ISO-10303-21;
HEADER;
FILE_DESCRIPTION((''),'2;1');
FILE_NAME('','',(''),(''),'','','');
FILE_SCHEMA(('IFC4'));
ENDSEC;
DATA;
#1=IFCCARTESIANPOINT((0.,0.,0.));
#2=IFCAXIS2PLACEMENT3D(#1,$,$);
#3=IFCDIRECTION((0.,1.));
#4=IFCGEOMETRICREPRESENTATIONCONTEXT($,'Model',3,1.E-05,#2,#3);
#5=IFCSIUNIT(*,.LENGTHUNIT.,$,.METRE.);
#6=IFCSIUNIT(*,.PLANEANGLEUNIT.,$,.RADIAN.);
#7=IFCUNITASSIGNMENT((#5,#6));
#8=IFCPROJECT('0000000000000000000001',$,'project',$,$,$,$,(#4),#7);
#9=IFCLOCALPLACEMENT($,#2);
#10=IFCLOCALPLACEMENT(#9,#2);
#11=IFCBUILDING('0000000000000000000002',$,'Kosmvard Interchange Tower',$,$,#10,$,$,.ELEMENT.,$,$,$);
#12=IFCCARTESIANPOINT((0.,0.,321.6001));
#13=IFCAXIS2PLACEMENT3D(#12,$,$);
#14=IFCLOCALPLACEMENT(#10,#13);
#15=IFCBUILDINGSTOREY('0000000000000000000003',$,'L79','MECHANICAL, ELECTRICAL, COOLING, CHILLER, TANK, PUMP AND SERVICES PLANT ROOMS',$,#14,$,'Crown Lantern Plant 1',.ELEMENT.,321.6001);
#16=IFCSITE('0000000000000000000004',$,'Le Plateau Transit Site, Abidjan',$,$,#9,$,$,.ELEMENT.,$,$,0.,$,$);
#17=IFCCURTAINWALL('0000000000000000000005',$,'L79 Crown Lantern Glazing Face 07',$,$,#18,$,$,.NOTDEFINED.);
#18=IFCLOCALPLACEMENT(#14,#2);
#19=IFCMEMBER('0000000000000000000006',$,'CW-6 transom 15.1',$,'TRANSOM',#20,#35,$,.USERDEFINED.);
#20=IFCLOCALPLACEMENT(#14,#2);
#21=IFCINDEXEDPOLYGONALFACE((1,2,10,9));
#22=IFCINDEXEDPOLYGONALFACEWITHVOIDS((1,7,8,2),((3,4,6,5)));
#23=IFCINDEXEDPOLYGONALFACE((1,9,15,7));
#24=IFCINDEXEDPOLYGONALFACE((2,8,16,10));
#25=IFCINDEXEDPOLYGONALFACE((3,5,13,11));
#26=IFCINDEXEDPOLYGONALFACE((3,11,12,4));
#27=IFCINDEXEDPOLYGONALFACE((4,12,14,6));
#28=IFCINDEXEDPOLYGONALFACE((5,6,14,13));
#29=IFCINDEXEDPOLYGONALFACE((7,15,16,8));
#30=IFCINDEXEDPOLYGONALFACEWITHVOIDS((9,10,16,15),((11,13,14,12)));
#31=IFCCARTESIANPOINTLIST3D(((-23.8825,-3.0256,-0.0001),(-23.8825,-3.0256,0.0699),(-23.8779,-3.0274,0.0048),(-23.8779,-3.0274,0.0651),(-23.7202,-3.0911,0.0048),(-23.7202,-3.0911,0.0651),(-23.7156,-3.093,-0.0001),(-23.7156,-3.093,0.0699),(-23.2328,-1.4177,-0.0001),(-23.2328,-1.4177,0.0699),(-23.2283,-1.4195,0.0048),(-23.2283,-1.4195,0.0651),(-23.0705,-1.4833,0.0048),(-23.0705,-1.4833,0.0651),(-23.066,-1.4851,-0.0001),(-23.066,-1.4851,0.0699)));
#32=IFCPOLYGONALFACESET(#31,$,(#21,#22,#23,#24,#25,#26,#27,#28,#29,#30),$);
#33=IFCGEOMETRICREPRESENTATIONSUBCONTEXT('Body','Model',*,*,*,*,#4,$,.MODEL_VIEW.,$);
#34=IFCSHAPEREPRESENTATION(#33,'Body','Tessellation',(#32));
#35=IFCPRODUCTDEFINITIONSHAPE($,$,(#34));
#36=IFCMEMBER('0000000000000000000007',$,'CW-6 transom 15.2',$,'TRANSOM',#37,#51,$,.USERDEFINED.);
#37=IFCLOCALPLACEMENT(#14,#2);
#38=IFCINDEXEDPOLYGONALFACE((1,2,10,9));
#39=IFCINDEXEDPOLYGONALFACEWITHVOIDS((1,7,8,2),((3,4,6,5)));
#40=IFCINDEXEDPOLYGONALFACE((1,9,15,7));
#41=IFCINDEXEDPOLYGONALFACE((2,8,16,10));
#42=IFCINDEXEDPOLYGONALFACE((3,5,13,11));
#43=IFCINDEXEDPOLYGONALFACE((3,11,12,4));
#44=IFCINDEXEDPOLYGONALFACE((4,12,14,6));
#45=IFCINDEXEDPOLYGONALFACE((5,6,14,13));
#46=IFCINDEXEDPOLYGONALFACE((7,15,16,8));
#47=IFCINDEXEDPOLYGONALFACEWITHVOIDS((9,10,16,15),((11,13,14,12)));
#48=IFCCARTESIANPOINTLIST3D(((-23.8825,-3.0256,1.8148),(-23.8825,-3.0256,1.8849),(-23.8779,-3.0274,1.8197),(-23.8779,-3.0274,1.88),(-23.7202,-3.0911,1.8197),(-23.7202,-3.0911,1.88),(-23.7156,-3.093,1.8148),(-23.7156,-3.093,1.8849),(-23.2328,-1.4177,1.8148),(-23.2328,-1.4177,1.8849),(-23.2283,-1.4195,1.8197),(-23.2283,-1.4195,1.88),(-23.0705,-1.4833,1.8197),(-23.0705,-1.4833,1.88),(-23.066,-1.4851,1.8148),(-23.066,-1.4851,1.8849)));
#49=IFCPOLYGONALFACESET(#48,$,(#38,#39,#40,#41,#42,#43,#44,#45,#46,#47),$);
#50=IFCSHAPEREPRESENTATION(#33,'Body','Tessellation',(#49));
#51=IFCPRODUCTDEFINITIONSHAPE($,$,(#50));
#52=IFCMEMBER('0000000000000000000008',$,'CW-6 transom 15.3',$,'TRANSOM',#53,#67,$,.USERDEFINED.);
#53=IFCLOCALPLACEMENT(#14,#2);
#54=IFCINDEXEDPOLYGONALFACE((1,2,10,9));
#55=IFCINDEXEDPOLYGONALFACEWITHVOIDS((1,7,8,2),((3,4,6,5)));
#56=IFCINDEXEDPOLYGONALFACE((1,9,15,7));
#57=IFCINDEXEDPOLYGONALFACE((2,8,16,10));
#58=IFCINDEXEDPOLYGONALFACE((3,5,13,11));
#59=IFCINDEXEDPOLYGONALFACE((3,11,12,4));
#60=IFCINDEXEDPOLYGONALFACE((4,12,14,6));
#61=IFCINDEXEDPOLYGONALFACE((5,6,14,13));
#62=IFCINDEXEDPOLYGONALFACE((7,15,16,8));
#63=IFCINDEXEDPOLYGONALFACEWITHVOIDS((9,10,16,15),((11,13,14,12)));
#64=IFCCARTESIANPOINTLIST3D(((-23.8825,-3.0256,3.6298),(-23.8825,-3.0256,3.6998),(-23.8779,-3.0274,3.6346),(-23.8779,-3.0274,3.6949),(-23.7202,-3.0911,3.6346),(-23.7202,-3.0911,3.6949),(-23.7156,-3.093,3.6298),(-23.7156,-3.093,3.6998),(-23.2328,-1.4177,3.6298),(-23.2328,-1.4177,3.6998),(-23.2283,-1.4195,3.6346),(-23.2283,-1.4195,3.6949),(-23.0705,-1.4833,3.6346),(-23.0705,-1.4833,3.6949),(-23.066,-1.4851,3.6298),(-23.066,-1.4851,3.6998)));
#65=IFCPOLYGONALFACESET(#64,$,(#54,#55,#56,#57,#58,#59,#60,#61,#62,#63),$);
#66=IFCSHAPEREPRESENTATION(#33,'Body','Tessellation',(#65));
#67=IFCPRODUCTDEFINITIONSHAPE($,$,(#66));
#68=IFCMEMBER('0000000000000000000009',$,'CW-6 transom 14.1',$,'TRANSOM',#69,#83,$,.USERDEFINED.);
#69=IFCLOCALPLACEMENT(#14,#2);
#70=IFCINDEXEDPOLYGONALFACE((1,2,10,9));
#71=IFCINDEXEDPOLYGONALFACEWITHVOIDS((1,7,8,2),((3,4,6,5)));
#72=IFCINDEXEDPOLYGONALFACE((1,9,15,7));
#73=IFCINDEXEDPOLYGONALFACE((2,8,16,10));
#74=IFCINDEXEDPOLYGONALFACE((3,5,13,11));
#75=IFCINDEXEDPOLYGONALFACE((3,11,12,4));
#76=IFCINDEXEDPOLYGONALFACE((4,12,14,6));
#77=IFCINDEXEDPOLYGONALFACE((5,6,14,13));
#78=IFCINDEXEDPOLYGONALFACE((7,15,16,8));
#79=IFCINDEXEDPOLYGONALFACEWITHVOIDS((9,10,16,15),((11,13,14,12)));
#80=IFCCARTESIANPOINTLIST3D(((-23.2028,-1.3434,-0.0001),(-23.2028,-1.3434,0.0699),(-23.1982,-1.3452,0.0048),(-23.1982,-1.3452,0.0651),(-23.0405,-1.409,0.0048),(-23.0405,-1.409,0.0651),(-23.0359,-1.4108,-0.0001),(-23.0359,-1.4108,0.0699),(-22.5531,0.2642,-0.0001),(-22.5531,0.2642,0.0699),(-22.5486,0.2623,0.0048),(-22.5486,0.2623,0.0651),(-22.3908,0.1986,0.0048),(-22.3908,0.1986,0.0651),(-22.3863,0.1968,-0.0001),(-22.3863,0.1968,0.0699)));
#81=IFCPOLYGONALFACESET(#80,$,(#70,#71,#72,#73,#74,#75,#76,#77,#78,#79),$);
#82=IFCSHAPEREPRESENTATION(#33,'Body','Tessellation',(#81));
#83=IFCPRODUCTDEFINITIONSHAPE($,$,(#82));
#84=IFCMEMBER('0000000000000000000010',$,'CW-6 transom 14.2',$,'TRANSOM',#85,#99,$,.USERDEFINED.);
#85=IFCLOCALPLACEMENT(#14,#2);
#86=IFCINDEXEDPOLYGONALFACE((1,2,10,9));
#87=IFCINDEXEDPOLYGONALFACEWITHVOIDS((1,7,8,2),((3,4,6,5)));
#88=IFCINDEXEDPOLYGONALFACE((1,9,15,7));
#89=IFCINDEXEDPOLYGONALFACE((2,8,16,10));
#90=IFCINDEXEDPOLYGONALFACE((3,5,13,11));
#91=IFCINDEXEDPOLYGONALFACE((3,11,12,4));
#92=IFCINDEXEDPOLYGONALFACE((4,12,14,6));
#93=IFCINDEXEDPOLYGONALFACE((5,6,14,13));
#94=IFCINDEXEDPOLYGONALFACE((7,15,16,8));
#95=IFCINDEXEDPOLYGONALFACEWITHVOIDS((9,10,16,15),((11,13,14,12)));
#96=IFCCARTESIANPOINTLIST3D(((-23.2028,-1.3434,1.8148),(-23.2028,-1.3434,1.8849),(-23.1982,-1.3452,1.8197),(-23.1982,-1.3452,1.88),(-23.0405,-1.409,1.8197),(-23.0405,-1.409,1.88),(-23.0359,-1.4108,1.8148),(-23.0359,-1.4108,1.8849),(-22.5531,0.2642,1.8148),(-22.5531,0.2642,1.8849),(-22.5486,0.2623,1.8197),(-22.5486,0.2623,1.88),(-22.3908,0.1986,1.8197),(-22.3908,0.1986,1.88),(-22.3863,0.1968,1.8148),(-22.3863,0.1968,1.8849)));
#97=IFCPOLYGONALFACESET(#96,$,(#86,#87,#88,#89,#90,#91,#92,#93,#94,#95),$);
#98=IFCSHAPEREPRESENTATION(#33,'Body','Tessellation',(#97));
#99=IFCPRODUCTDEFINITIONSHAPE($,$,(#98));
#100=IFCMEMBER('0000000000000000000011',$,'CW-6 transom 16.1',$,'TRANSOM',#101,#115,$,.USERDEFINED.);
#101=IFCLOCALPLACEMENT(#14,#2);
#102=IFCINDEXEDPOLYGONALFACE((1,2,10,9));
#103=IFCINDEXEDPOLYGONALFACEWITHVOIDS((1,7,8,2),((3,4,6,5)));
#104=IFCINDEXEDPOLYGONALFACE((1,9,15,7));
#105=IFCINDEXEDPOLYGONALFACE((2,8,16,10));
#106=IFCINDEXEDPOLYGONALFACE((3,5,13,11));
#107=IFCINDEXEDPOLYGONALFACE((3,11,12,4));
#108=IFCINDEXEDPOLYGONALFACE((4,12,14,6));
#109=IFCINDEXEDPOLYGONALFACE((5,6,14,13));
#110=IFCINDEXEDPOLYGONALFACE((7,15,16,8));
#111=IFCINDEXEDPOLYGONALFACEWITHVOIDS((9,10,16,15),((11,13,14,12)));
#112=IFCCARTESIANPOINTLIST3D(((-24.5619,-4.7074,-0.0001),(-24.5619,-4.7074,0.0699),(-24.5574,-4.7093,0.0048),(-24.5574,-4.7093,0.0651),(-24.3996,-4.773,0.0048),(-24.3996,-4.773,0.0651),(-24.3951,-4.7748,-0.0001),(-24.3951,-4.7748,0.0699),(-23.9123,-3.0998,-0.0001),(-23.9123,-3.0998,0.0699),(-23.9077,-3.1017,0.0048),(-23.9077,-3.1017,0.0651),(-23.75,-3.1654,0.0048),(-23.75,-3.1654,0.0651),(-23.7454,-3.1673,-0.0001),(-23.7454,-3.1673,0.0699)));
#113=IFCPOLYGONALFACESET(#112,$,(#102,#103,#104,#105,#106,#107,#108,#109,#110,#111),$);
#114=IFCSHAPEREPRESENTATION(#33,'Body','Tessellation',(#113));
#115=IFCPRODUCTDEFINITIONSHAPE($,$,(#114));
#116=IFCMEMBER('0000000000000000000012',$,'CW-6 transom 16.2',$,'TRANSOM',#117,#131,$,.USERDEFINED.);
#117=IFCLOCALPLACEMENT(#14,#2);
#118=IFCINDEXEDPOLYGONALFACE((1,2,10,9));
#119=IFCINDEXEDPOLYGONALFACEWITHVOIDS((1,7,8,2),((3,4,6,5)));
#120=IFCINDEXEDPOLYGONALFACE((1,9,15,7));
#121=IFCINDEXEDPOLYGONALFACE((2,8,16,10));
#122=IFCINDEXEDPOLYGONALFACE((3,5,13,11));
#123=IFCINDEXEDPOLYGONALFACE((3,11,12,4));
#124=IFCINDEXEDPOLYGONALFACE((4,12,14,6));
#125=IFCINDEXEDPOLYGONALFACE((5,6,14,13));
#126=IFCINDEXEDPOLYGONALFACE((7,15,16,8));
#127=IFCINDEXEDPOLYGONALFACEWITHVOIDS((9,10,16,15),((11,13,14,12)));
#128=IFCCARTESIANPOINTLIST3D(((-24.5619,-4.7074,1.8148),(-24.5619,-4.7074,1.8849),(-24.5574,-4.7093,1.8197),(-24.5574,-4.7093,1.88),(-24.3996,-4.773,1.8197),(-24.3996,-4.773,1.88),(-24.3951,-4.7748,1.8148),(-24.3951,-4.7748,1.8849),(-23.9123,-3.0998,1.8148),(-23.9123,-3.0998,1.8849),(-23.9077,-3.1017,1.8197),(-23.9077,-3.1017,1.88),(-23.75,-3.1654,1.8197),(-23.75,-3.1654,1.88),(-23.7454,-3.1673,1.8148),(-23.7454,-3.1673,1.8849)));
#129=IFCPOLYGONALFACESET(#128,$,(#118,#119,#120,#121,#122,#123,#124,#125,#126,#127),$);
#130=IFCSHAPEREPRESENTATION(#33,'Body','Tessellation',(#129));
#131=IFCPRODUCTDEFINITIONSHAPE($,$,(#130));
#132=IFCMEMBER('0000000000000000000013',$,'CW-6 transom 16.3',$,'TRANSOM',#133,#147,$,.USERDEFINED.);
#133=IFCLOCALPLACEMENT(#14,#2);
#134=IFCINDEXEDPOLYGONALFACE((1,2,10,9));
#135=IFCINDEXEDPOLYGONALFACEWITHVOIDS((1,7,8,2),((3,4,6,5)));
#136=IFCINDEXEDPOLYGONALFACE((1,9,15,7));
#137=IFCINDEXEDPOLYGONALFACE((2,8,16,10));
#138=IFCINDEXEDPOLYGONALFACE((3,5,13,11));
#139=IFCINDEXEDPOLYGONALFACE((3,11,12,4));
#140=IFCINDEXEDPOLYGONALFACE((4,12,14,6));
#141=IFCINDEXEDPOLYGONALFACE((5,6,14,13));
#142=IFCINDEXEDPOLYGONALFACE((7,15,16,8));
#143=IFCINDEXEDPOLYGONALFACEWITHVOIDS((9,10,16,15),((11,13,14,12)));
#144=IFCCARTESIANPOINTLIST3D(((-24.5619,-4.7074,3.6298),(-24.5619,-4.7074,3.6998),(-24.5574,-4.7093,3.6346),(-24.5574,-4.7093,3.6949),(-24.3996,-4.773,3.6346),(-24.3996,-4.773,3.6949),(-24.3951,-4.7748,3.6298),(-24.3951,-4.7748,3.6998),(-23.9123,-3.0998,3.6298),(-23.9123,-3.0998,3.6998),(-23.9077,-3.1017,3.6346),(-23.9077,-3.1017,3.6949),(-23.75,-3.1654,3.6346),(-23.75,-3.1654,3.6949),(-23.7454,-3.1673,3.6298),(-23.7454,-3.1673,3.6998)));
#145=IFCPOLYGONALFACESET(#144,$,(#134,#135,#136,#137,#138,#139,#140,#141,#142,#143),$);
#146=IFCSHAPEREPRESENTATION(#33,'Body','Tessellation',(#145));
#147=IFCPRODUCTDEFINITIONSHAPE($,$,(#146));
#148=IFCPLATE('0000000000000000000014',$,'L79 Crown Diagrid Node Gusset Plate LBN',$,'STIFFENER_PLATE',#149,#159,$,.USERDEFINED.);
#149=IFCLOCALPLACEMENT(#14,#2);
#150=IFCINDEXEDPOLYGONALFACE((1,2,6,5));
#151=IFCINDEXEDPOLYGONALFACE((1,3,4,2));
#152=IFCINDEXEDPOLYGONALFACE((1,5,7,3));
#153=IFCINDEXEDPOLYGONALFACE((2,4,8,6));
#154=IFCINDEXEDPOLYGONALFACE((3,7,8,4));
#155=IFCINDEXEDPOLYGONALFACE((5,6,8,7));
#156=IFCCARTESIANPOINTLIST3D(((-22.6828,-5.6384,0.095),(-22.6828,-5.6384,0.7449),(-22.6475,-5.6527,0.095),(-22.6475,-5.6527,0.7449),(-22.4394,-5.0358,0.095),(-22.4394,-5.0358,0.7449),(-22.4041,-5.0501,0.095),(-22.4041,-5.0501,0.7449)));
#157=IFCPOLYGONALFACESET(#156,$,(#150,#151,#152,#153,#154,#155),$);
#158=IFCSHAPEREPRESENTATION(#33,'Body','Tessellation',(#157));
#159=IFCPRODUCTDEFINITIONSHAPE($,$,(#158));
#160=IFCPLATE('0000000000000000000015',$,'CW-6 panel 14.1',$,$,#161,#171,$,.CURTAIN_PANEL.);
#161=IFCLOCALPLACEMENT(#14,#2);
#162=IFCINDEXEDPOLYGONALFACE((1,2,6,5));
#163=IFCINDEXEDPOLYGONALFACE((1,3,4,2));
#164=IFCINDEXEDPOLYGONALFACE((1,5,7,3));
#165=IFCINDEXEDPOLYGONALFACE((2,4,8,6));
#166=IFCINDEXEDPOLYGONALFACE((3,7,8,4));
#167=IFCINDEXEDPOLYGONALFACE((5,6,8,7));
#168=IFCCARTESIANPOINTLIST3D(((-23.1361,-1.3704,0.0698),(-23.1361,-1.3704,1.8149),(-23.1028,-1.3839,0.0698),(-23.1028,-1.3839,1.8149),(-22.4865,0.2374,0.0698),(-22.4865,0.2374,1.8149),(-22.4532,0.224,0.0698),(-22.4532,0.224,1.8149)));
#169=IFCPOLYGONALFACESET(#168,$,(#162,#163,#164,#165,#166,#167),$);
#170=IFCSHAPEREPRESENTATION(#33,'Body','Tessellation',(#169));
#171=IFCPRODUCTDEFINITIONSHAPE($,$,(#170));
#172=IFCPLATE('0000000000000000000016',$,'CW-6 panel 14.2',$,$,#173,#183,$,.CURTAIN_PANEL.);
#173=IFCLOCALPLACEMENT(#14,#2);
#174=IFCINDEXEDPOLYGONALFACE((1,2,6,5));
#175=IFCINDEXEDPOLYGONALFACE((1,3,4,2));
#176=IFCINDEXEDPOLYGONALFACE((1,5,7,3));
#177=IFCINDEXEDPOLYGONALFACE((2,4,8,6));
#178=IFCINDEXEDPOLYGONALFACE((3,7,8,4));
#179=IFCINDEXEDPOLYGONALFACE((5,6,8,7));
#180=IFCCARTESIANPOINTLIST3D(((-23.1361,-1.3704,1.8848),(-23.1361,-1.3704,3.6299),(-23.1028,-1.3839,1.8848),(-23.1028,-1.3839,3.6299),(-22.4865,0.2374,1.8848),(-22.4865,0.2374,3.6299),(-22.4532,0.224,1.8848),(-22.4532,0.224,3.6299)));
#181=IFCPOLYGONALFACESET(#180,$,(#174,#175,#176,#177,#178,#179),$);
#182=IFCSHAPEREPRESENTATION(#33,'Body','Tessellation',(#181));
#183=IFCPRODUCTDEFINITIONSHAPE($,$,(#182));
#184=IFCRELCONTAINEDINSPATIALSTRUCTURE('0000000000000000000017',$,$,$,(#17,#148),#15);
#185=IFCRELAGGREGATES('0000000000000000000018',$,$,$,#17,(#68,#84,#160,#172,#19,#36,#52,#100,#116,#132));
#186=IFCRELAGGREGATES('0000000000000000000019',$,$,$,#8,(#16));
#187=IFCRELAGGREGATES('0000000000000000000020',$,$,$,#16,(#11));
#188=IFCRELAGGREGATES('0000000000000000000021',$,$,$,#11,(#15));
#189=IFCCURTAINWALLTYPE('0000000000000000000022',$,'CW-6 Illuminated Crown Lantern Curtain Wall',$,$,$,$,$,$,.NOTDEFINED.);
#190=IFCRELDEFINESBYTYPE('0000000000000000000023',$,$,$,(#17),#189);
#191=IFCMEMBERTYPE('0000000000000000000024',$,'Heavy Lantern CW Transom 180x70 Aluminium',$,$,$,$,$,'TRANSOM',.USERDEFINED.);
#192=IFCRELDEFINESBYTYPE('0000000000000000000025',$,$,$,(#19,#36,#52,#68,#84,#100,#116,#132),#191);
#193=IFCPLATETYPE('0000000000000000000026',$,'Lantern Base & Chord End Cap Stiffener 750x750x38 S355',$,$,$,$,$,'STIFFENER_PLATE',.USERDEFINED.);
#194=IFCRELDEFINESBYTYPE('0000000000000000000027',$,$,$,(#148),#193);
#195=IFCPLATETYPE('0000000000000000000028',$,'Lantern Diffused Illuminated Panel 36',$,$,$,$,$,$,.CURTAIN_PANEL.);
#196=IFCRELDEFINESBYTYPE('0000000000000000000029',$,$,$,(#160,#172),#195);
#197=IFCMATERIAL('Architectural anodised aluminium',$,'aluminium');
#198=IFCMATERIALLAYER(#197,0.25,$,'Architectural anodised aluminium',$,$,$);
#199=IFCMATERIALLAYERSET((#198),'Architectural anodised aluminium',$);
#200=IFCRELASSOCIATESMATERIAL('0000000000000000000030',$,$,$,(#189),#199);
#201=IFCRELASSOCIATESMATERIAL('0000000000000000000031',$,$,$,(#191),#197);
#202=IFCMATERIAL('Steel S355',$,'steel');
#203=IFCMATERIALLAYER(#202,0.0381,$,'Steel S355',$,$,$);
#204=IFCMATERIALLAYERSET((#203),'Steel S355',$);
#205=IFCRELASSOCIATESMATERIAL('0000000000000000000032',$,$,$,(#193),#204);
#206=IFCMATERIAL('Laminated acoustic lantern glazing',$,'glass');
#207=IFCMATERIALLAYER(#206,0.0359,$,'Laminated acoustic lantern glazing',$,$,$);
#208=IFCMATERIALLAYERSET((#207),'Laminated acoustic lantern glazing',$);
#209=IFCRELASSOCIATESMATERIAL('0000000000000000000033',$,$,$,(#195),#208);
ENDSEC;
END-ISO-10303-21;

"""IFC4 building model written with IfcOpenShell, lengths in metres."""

from ifc_helpers import new_model, si_unit, direction, frame, origin, origin_2d, place, context, subcontext, project, spatial, rectangle, hollow_rectangle, extrude, source, transform, mapped, material, layer, layer_set, material_profile, profile_set, type_object, element, aggregate, save


model = new_model("IFC4")

# Units and contexts
model_context = context("Model", 3, precision=1e-05, world=origin(), true_north=direction((0.0, 1.0)))
body_context = subcontext(model_context, "Body", "Model", "MODEL_VIEW")
ifc_project = project(units=[si_unit("LENGTHUNIT", "METRE"), si_unit("PLANEANGLEUNIT", "RADIAN")], contexts=[model_context])

# Site, building, storey
site_placement = place(None, origin())
site = spatial("IfcSite", under=ifc_project, at=site_placement, Name="Le Plateau Transit Site, Abidjan", CompositionType="ELEMENT", RefElevation=0.0)
building_placement = place(site_placement, origin())
building = spatial("IfcBuilding", under=site, at=building_placement, Name="Kosmvard Interchange Tower", CompositionType="ELEMENT")
storey_placement = place(building_placement, frame((0.0, 0.0, 321.6001)))
storey = spatial("IfcBuildingStorey", under=building, at=storey_placement, Name="L79", Description="MECHANICAL, ELECTRICAL, COOLING, CHILLER, TANK, PUMP AND SERVICES PLANT ROOMS", LongName="Crown Lantern Plant 1", CompositionType="ELEMENT", Elevation=321.6001)

# Shared definitions
ifc_material_1 = material(Name="Steel S355", Category="steel")

# Curtain wall, members
ifc_material_2 = material(Name="Architectural anodised aluminium", Category="aluminium")
ifc_layer_1 = layer(ifc_material_2, 0.25, Name="Architectural anodised aluminium")
ifc_layer_set_1 = layer_set([ifc_layer_1], Name="Architectural anodised aluminium")
curtain_wall_type = type_object("IfcCurtainWallType", Name="CW-6 Illuminated Crown Lantern Curtain Wall", PredefinedType="NOTDEFINED", material=ifc_layer_set_1)
curtain_wall_placement = place(storey_placement, origin())
curtain_wall = element("IfcCurtainWall", 1, at=curtain_wall_placement, inside=storey, type_object=curtain_wall_type, Name="L79 Crown Lantern Glazing Face 07", PredefinedType="NOTDEFINED")
ifc_material_profile_1 = material_profile(ifc_material_2, hollow_rectangle(XDim=0.1799, YDim=0.0701, WallThickness=0.0049, at=origin_2d()), Name="CWT 180x70x5")
ifc_profile_set_1 = profile_set([ifc_material_profile_1], Name="Architectural anodised aluminium")
member_type_1 = type_object("IfcMemberType", Name="Heavy Lantern CW Transom 180x70 Aluminium", ElementType="TRANSOM", PredefinedType="USERDEFINED", material=ifc_profile_set_1)
shared_shape_1 = source(origin(), body_context, "Body", "SweptSolid", [
    extrude(hollow_rectangle(XDim=0.1799, YDim=0.0701, WallThickness=0.0049, at=origin_2d()), origin(), (0.0, 0.0, 1.0), 1.7341),
])
member_1_placement = place(storey_placement, frame((-23.1494, -1.4514, 0.0349), z_axis=(-0.374617, -0.92718, 0.0), x_axis=(0.92718, -0.374617, 0.0)))
member_1 = element("IfcMember", 2, at=member_1_placement, type_object=member_type_1, Name="CW-6 transom 15.1", ObjectType="TRANSOM", PredefinedType="USERDEFINED", context=body_context, shape_type="MappedRepresentation", body=[
    mapped(shared_shape_1, transform((0.0, 0.0, 0.0), scale=1.0)),
])
member_2_placement = place(storey_placement, frame((-23.1494, -1.4514, 1.8499), z_axis=(-0.374617, -0.92718, 0.0), x_axis=(0.92718, -0.374617, 0.0)))
member_2 = element("IfcMember", 3, at=member_2_placement, type_object=member_type_1, Name="CW-6 transom 15.2", ObjectType="TRANSOM", PredefinedType="USERDEFINED", context=body_context, shape_type="MappedRepresentation", body=[
    mapped(shared_shape_1, transform((0.0, 0.0, 0.0), scale=1.0)),
])
member_3_placement = place(storey_placement, frame((-23.1494, -1.4514, 3.6648), z_axis=(-0.374617, -0.92718, 0.0), x_axis=(0.92718, -0.374617, 0.0)))
member_3 = element("IfcMember", 4, at=member_3_placement, type_object=member_type_1, Name="CW-6 transom 15.3", ObjectType="TRANSOM", PredefinedType="USERDEFINED", context=body_context, shape_type="MappedRepresentation", body=[
    mapped(shared_shape_1, transform((0.0, 0.0, 0.0), scale=1.0)),
])
shared_shape_2 = source(origin(), body_context, "Body", "SweptSolid", [
    extrude(hollow_rectangle(XDim=0.1799, YDim=0.0701, WallThickness=0.0049, at=origin_2d()), origin(), (0.0, 0.0, 1.0), 1.7339),
])
member_4_placement = place(storey_placement, frame((-22.4697, 0.2305, 0.0349), z_axis=(-0.374666, -0.92716, 0.0), x_axis=(0.92716, -0.374666, 0.0)))
member_4 = element("IfcMember", 5, at=member_4_placement, type_object=member_type_1, Name="CW-6 transom 14.1", ObjectType="TRANSOM", PredefinedType="USERDEFINED", context=body_context, shape_type="MappedRepresentation", body=[
    mapped(shared_shape_2, transform((0.0, 0.0, 0.0), scale=1.0)),
])
member_5_placement = place(storey_placement, frame((-22.4697, 0.2305, 1.8499), z_axis=(-0.374666, -0.92716, 0.0), x_axis=(0.92716, -0.374666, 0.0)))
member_5 = element("IfcMember", 6, at=member_5_placement, type_object=member_type_1, Name="CW-6 transom 14.2", ObjectType="TRANSOM", PredefinedType="USERDEFINED", context=body_context, shape_type="MappedRepresentation", body=[
    mapped(shared_shape_2, transform((0.0, 0.0, 0.0), scale=1.0)),
])
member_6_placement = place(storey_placement, frame((-23.8289, -3.1335, 0.0349), z_axis=(-0.374666, -0.92716, 0.0), x_axis=(0.92716, -0.374666, 0.0)))
member_6 = element("IfcMember", 7, at=member_6_placement, type_object=member_type_1, Name="CW-6 transom 16.1", ObjectType="TRANSOM", PredefinedType="USERDEFINED", context=body_context, shape_type="MappedRepresentation", body=[
    mapped(shared_shape_2, transform((0.0, 0.0, 0.0), scale=1.0)),
])
member_7_placement = place(storey_placement, frame((-23.8289, -3.1335, 1.8499), z_axis=(-0.374666, -0.92716, 0.0), x_axis=(0.92716, -0.374666, 0.0)))
member_7 = element("IfcMember", 8, at=member_7_placement, type_object=member_type_1, Name="CW-6 transom 16.2", ObjectType="TRANSOM", PredefinedType="USERDEFINED", context=body_context, shape_type="MappedRepresentation", body=[
    mapped(shared_shape_2, transform((0.0, 0.0, 0.0), scale=1.0)),
])
member_8_placement = place(storey_placement, frame((-23.8289, -3.1335, 3.6648), z_axis=(-0.374666, -0.92716, 0.0), x_axis=(0.92716, -0.374666, 0.0)))
member_8 = element("IfcMember", 9, at=member_8_placement, type_object=member_type_1, Name="CW-6 transom 16.3", ObjectType="TRANSOM", PredefinedType="USERDEFINED", context=body_context, shape_type="MappedRepresentation", body=[
    mapped(shared_shape_2, transform((0.0, 0.0, 0.0), scale=1.0)),
])

# Plates
ifc_layer_2 = layer(ifc_material_1, 0.0381, Name="Steel S355")
ifc_layer_set_2 = layer_set([ifc_layer_2], Name="Steel S355")
plate_type_1 = type_object("IfcPlateType", Name="Lantern Base & Chord End Cap Stiffener 750x750x38 S355", ElementType="STIFFENER_PLATE", PredefinedType="USERDEFINED", material=ifc_layer_set_2)
shared_shape_3 = source(origin(), body_context, "Body", "SweptSolid", [
    extrude(rectangle(XDim=0.6499, YDim=0.0381, at=origin_2d()), origin(), (0.0, 0.0, 1.0), 0.6499),
])
plate_1_placement = place(storey_placement, frame((-22.5435, -5.3442, 0.095), z_axis=(0.0, 0.0, 1.0), x_axis=(0.374607, 0.927184, 0.0)))
element("IfcPlate", 10, at=plate_1_placement, inside=storey, type_object=plate_type_1, Name="L79 Crown Diagrid Node Gusset Plate LBN", ObjectType="STIFFENER_PLATE", PredefinedType="USERDEFINED", context=body_context, shape_type="MappedRepresentation", body=[
    mapped(shared_shape_3, transform((0.0, 0.0, 0.0), scale=1.0)),
])
ifc_material_3 = material(Name="Laminated acoustic lantern glazing", Category="glass")
ifc_layer_3 = layer(ifc_material_3, 0.0359, Name="Laminated acoustic lantern glazing")
ifc_layer_set_3 = layer_set([ifc_layer_3], Name="Laminated acoustic lantern glazing")
plate_type_2 = type_object("IfcPlateType", Name="Lantern Diffused Illuminated Panel 36", PredefinedType="CURTAIN_PANEL", material=ifc_layer_set_3)
shared_shape_4 = source(origin(), body_context, "Body", "SweptSolid", [
    extrude(rectangle(XDim=1.7341, YDim=0.0359, at=origin_2d()), origin(), (0.0, 0.0, 1.0), 1.7451),
])
plate_2_placement = place(storey_placement, frame((-22.7947, -0.5732, 0.0698), z_axis=(0.0, 0.0, 1.0), x_axis=(-0.374607, -0.927184, 0.0)))
plate_2 = element("IfcPlate", 11, at=plate_2_placement, type_object=plate_type_2, Name="CW-6 panel 14.1", PredefinedType="CURTAIN_PANEL", context=body_context, shape_type="MappedRepresentation", body=[
    mapped(shared_shape_4, transform((0.0, 0.0, 0.0), scale=1.0)),
])
plate_3_placement = place(storey_placement, frame((-22.7947, -0.5732, 1.8848), z_axis=(0.0, 0.0, 1.0), x_axis=(-0.374607, -0.927184, 0.0)))
plate_3 = element("IfcPlate", 12, at=plate_3_placement, type_object=plate_type_2, Name="CW-6 panel 14.2", PredefinedType="CURTAIN_PANEL", context=body_context, shape_type="MappedRepresentation", body=[
    mapped(shared_shape_4, transform((0.0, 0.0, 0.0), scale=1.0)),
])
aggregate(curtain_wall, [member_4, member_5, plate_2, plate_3, member_1, member_2, member_3, member_6, member_7, member_8])

save(model, "model.ifc")
